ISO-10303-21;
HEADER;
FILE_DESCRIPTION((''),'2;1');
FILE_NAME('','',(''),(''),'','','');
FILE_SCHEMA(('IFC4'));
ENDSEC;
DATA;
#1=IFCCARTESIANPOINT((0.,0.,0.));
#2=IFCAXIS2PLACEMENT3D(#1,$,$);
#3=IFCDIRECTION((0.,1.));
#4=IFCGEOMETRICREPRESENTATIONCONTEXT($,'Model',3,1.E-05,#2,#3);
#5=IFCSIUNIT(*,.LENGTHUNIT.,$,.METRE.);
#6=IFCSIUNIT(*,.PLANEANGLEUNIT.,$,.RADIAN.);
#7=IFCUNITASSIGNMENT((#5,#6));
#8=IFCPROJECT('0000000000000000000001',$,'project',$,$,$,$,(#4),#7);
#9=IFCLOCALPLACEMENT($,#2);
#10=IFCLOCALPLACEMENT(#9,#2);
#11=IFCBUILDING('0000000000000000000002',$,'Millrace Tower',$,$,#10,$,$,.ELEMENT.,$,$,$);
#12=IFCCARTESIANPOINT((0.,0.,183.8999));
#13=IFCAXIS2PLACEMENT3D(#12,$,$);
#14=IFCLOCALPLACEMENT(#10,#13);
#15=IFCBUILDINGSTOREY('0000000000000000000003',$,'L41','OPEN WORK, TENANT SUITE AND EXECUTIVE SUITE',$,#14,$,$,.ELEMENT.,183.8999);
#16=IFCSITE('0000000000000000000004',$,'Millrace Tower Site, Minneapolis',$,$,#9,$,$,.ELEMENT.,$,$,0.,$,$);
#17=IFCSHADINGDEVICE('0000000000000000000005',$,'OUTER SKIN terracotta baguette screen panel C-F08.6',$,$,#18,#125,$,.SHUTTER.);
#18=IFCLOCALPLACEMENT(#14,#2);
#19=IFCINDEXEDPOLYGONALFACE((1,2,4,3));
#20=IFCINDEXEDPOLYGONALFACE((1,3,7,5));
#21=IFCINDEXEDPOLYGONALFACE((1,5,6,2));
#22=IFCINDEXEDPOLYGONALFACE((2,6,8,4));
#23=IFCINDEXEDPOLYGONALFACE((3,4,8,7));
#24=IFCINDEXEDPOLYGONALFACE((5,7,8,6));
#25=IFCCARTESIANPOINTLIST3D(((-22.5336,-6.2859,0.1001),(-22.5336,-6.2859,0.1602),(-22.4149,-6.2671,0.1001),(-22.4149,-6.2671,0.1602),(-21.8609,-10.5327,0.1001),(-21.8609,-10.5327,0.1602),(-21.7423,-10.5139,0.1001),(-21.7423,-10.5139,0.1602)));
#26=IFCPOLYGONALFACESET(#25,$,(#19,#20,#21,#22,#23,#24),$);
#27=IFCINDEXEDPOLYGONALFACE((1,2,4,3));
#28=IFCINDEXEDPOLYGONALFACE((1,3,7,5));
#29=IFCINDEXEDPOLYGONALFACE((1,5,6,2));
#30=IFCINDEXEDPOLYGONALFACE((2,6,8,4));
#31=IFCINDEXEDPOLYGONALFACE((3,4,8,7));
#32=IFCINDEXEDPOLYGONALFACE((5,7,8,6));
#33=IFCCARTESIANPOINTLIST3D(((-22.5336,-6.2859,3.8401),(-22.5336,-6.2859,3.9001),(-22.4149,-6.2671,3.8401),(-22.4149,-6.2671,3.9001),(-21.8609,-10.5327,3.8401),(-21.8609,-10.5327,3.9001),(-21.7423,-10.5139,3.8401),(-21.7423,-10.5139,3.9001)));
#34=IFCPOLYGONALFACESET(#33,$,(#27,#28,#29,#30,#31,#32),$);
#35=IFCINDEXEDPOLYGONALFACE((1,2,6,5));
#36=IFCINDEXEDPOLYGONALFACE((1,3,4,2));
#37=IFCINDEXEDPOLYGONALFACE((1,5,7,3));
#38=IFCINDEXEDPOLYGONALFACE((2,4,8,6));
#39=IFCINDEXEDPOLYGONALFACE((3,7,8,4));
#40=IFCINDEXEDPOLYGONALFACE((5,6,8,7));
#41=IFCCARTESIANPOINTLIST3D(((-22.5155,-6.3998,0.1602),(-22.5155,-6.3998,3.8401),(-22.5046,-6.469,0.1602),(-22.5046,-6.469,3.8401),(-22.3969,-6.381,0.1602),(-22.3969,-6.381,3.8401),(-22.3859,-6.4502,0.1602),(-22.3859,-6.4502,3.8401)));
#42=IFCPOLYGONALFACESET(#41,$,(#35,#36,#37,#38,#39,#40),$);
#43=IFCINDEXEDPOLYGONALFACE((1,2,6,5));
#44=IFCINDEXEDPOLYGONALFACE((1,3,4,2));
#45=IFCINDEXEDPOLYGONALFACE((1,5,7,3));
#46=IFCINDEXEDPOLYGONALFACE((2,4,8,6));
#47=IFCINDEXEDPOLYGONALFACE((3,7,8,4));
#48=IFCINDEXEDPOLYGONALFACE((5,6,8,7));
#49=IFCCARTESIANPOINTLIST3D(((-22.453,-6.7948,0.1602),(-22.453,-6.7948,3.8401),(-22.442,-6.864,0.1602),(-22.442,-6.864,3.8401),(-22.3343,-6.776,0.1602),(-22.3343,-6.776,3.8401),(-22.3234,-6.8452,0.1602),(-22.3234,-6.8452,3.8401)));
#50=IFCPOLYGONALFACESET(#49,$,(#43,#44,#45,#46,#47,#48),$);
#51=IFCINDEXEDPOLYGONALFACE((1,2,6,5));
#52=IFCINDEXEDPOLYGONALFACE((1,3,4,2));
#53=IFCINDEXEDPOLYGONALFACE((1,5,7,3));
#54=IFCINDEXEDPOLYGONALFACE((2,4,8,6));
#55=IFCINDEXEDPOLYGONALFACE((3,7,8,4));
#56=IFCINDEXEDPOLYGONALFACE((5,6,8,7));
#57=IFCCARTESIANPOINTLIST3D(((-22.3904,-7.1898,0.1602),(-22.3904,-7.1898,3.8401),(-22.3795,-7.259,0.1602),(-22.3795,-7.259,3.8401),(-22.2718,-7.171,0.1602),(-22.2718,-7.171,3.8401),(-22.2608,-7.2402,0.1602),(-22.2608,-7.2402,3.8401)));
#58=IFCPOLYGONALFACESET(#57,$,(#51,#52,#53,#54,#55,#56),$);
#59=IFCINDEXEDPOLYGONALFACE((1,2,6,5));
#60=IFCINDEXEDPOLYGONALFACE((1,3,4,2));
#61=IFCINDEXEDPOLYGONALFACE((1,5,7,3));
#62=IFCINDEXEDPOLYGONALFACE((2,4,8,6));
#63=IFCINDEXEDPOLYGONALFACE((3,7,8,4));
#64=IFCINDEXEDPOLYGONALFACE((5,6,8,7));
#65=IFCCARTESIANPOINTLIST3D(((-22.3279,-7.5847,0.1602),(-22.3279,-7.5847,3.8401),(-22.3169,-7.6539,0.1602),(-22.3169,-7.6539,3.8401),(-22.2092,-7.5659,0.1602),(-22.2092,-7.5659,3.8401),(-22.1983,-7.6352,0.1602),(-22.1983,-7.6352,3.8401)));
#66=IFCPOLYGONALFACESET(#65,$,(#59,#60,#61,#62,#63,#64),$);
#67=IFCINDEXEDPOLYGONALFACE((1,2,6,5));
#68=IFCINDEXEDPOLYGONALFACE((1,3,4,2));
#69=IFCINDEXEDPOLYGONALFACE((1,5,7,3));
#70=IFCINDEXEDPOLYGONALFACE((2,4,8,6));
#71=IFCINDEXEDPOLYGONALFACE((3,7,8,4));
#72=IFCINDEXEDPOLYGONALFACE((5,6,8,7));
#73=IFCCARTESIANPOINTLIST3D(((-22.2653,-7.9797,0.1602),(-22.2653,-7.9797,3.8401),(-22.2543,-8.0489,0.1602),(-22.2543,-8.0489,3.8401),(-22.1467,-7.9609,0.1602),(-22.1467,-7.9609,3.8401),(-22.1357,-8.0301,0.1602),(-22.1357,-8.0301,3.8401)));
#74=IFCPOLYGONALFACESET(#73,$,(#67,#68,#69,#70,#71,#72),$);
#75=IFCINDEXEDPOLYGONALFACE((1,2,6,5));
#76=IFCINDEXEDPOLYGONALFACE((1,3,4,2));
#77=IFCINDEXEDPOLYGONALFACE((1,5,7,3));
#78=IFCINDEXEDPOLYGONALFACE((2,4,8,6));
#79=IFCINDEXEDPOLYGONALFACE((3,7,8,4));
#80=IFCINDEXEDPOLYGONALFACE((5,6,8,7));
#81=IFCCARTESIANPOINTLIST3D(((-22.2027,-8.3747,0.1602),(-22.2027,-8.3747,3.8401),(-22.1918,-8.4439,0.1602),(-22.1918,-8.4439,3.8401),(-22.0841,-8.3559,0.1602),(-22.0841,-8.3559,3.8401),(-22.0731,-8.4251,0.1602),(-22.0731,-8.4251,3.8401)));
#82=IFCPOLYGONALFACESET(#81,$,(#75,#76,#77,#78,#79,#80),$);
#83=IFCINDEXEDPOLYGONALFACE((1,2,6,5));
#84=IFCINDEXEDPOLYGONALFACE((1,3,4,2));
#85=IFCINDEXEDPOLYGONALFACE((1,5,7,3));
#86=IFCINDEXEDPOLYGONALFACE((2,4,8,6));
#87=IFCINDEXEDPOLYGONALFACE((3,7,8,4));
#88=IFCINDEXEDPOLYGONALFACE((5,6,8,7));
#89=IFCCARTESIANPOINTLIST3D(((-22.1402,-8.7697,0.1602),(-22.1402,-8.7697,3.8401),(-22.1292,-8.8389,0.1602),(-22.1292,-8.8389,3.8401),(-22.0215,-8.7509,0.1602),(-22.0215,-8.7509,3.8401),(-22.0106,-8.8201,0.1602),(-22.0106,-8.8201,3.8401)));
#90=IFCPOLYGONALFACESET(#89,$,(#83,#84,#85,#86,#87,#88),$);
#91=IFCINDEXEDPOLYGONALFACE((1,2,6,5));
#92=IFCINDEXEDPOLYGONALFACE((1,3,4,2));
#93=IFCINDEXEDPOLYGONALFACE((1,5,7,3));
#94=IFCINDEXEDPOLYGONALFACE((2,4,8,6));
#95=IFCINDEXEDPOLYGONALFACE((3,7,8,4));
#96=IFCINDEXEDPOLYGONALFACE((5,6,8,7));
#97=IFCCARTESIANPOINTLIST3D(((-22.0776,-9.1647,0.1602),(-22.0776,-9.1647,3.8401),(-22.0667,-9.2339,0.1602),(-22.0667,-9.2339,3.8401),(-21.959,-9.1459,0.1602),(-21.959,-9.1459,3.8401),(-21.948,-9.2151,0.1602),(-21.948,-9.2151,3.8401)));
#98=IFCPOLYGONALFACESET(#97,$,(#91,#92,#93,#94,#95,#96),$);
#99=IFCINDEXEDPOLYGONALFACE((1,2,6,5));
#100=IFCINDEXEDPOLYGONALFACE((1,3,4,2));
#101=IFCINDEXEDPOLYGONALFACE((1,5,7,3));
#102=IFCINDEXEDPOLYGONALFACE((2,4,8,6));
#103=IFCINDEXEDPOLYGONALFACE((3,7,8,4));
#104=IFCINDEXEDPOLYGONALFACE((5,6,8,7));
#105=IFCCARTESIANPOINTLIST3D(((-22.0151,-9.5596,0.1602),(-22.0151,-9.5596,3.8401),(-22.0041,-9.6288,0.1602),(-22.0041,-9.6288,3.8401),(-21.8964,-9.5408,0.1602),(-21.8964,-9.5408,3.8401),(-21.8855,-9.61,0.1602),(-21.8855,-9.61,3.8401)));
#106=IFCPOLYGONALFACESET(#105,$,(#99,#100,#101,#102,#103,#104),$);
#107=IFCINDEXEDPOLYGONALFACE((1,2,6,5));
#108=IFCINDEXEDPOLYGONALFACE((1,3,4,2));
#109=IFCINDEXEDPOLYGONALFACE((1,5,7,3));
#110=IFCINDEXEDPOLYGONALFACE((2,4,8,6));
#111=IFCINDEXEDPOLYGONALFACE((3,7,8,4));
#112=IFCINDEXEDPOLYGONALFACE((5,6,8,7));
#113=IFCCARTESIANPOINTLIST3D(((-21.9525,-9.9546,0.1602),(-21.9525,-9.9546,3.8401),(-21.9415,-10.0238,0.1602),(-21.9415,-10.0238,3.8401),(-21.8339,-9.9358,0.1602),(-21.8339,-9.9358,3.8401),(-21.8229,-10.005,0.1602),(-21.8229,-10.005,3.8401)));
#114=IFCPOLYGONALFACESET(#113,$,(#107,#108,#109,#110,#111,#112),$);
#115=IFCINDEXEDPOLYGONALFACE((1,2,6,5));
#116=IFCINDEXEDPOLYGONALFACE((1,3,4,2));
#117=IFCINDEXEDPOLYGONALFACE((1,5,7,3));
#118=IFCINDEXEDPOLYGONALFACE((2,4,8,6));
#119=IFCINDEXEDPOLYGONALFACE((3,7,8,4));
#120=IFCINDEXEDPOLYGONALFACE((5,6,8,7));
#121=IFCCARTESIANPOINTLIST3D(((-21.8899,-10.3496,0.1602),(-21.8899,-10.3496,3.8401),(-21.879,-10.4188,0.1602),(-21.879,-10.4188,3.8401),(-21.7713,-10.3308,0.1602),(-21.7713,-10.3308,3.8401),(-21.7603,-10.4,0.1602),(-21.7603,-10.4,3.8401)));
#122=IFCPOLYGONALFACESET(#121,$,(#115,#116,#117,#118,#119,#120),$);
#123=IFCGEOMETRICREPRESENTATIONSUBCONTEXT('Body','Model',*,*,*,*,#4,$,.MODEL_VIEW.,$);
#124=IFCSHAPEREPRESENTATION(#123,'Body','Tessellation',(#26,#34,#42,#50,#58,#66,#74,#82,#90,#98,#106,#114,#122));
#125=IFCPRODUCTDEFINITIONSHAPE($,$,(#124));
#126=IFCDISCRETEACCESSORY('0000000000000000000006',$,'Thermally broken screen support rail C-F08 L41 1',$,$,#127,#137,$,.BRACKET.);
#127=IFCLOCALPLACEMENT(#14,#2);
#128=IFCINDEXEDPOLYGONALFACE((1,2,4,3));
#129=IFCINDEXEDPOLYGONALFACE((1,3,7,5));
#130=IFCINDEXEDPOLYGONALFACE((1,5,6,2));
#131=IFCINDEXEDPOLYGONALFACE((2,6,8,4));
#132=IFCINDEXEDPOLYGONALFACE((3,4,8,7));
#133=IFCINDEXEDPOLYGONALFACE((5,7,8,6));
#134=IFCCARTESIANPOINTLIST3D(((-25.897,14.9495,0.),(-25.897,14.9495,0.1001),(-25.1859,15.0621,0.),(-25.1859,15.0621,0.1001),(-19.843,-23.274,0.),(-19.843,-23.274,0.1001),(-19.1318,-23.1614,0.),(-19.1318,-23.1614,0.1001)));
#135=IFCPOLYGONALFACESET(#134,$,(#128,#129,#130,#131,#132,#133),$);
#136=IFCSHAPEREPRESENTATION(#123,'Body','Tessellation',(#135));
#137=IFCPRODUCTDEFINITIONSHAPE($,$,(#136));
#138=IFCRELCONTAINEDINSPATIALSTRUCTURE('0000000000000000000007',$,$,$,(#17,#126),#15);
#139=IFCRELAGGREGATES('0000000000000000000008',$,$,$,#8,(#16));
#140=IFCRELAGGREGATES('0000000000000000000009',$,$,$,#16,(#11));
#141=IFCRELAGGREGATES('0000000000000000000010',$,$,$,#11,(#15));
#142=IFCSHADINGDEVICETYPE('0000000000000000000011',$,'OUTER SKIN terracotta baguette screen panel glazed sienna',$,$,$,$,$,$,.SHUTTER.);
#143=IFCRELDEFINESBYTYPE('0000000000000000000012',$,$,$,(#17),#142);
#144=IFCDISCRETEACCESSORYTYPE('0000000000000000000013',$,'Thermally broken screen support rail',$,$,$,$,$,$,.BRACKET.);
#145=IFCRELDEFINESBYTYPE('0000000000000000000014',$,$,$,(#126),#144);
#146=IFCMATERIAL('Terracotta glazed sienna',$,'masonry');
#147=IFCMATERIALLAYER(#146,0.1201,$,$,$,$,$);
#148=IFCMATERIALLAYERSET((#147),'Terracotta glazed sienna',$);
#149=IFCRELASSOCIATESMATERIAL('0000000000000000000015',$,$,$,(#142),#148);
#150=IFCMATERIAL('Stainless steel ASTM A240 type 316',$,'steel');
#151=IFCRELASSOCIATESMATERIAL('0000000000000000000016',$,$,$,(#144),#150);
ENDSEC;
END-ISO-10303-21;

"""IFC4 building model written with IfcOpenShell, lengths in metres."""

from ifc_helpers import new_model, entity, si_unit, direction, frame, frame_2d, origin, origin_2d, place, context, subcontext, project, spatial, rectangle, extrude, source, transform, mapped, material, layer, layer_set, type_object, element, save


model = new_model("IFC4")

# Units and contexts
model_context = context("Model", 3, precision=1e-05, world=origin(), true_north=direction((0.0, 1.0)))
body_context = subcontext(model_context, "Body", "Model", "MODEL_VIEW")
ifc_project = project(units=[si_unit("LENGTHUNIT", "METRE"), si_unit("PLANEANGLEUNIT", "RADIAN")], contexts=[model_context])

# Site, building, storey
site_placement = place(None, origin())
site = spatial("IfcSite", under=ifc_project, at=site_placement, Name="Millrace Tower Site, Minneapolis", CompositionType="ELEMENT", RefElevation=0.0)
building_placement = place(site_placement, origin())
building = spatial("IfcBuilding", under=site, at=building_placement, Name="Millrace Tower", CompositionType="ELEMENT")
storey_placement = place(building_placement, frame((0.0, 0.0, 183.8999)))
storey = spatial("IfcBuildingStorey", under=building, at=storey_placement, Name="L41", Description="OPEN WORK, TENANT SUITE AND EXECUTIVE SUITE", CompositionType="ELEMENT", Elevation=183.8999)

# Shading device
ifc_material_1 = material(Name="Terracotta glazed sienna", Category="masonry")
ifc_layer_1 = layer(ifc_material_1, 0.1201)
ifc_layer_set_1 = layer_set([ifc_layer_1], Name="Terracotta glazed sienna")
shading_device_type = type_object("IfcShadingDeviceType", Name="OUTER SKIN terracotta baguette screen panel glazed sienna", PredefinedType="SHUTTER", material=ifc_layer_set_1)
cartesian_point = entity("IfcCartesianPoint", [-2.1499, 0.0601])
shared_polyline = entity("IfcPolyline", [cartesian_point, entity("IfcCartesianPoint", [2.1499, 0.0601]), entity("IfcCartesianPoint", [2.1499, -0.0601]), entity("IfcCartesianPoint", [-2.1499, -0.0601]), cartesian_point])
shared_shape = source(origin(), body_context, "Body", "SweptSolid", [
    entity("IfcExtrudedAreaSolid", entity("IfcArbitraryClosedProfileDef", "AREA", None, shared_polyline), entity("IfcAxis2Placement3D", entity("IfcCartesianPoint", [0.0, 0.0, 0.0])), entity("IfcDirection", [0.0, 0.0, 1.0]), 0.0601),
    entity("IfcExtrudedAreaSolid", entity("IfcArbitraryClosedProfileDef", "AREA", None, shared_polyline), entity("IfcAxis2Placement3D", entity("IfcCartesianPoint", [0.0, 0.0, 3.74])), entity("IfcDirection", [0.0, 0.0, 1.0]), 0.0601),
    extrude(rectangle(XDim=0.0701, YDim=0.1201, at=frame_2d((-1.9995, 0.0))), frame((0.0, 0.0, 0.0601)), (0.0, 0.0, 1.0), 3.6799),
    extrude(rectangle(XDim=0.0701, YDim=0.1201, at=frame_2d((-1.5996, 0.0))), frame((0.0, 0.0, 0.0601)), (0.0, 0.0, 1.0), 3.6799),
    extrude(rectangle(XDim=0.0701, YDim=0.1201, at=frame_2d((-1.1997, 0.0))), frame((0.0, 0.0, 0.0601)), (0.0, 0.0, 1.0), 3.6799),
    extrude(rectangle(XDim=0.0701, YDim=0.1201, at=frame_2d((-0.7998, 0.0))), frame((0.0, 0.0, 0.0601)), (0.0, 0.0, 1.0), 3.6799),
    extrude(rectangle(XDim=0.0701, YDim=0.1201, at=frame_2d((-0.3999, 0.0))), frame((0.0, 0.0, 0.0601)), (0.0, 0.0, 1.0), 3.6799),
    extrude(rectangle(XDim=0.0701, YDim=0.1201, at=origin_2d()), frame((0.0, 0.0, 0.0601)), (0.0, 0.0, 1.0), 3.6799),
    extrude(rectangle(XDim=0.0701, YDim=0.1201, at=frame_2d((0.3999, 0.0))), frame((0.0, 0.0, 0.0601)), (0.0, 0.0, 1.0), 3.6799),
    extrude(rectangle(XDim=0.0701, YDim=0.1201, at=frame_2d((0.7998, 0.0))), frame((0.0, 0.0, 0.0601)), (0.0, 0.0, 1.0), 3.6799),
    extrude(rectangle(XDim=0.0701, YDim=0.1201, at=frame_2d((1.1997, 0.0))), frame((0.0, 0.0, 0.0601)), (0.0, 0.0, 1.0), 3.6799),
    extrude(rectangle(XDim=0.0701, YDim=0.1201, at=frame_2d((1.5996, 0.0))), frame((0.0, 0.0, 0.0601)), (0.0, 0.0, 1.0), 3.6799),
    extrude(rectangle(XDim=0.0701, YDim=0.1201, at=frame_2d((1.9995, 0.0))), frame((0.0, 0.0, 0.0601)), (0.0, 0.0, 1.0), 3.6799),
])
for number, where, z_axis, x_axis, name in (
    (1, (-22.1379, -8.3999, 0.1001), (0.0, 0.0, 1.0), (0.156434, -0.987688, 0.0), "OUTER SKIN terracotta baguette screen panel C-F08.6"),
):
    element("IfcShadingDevice", number, at=place(storey_placement, frame(where, z_axis=z_axis, x_axis=x_axis)), inside=storey, type_object=shading_device_type, Name=name, PredefinedType="SHUTTER", context=body_context, shape_type="MappedRepresentation", body=[
        mapped(shared_shape, transform((0.0, 0.0, 0.0), scale=1.0)),
    ])

# Discrete accessory
ifc_material_2 = material(Name="Stainless steel ASTM A240 type 316", Category="steel")
discrete_accessory_type = type_object("IfcDiscreteAccessoryType", Name="Thermally broken screen support rail", PredefinedType="BRACKET", material=ifc_material_2)
discrete_accessory_placement = place(storey_placement, frame((-22.5144, -4.106, 0.0), z_axis=(0.0, 0.0, 1.0), x_axis=(0.156434, -0.987688, 0.0)))
element("IfcDiscreteAccessory", 2, at=discrete_accessory_placement, inside=storey, type_object=discrete_accessory_type, Name="Thermally broken screen support rail C-F08 L41 1", PredefinedType="BRACKET", context=body_context, shape_type="SweptSolid", body=[
    extrude(rectangle(XDim=38.7, YDim=0.72, at=origin_2d()), origin(), (0.0, 0.0, 1.0), 0.1001),
])

save(model, "model.ifc")
